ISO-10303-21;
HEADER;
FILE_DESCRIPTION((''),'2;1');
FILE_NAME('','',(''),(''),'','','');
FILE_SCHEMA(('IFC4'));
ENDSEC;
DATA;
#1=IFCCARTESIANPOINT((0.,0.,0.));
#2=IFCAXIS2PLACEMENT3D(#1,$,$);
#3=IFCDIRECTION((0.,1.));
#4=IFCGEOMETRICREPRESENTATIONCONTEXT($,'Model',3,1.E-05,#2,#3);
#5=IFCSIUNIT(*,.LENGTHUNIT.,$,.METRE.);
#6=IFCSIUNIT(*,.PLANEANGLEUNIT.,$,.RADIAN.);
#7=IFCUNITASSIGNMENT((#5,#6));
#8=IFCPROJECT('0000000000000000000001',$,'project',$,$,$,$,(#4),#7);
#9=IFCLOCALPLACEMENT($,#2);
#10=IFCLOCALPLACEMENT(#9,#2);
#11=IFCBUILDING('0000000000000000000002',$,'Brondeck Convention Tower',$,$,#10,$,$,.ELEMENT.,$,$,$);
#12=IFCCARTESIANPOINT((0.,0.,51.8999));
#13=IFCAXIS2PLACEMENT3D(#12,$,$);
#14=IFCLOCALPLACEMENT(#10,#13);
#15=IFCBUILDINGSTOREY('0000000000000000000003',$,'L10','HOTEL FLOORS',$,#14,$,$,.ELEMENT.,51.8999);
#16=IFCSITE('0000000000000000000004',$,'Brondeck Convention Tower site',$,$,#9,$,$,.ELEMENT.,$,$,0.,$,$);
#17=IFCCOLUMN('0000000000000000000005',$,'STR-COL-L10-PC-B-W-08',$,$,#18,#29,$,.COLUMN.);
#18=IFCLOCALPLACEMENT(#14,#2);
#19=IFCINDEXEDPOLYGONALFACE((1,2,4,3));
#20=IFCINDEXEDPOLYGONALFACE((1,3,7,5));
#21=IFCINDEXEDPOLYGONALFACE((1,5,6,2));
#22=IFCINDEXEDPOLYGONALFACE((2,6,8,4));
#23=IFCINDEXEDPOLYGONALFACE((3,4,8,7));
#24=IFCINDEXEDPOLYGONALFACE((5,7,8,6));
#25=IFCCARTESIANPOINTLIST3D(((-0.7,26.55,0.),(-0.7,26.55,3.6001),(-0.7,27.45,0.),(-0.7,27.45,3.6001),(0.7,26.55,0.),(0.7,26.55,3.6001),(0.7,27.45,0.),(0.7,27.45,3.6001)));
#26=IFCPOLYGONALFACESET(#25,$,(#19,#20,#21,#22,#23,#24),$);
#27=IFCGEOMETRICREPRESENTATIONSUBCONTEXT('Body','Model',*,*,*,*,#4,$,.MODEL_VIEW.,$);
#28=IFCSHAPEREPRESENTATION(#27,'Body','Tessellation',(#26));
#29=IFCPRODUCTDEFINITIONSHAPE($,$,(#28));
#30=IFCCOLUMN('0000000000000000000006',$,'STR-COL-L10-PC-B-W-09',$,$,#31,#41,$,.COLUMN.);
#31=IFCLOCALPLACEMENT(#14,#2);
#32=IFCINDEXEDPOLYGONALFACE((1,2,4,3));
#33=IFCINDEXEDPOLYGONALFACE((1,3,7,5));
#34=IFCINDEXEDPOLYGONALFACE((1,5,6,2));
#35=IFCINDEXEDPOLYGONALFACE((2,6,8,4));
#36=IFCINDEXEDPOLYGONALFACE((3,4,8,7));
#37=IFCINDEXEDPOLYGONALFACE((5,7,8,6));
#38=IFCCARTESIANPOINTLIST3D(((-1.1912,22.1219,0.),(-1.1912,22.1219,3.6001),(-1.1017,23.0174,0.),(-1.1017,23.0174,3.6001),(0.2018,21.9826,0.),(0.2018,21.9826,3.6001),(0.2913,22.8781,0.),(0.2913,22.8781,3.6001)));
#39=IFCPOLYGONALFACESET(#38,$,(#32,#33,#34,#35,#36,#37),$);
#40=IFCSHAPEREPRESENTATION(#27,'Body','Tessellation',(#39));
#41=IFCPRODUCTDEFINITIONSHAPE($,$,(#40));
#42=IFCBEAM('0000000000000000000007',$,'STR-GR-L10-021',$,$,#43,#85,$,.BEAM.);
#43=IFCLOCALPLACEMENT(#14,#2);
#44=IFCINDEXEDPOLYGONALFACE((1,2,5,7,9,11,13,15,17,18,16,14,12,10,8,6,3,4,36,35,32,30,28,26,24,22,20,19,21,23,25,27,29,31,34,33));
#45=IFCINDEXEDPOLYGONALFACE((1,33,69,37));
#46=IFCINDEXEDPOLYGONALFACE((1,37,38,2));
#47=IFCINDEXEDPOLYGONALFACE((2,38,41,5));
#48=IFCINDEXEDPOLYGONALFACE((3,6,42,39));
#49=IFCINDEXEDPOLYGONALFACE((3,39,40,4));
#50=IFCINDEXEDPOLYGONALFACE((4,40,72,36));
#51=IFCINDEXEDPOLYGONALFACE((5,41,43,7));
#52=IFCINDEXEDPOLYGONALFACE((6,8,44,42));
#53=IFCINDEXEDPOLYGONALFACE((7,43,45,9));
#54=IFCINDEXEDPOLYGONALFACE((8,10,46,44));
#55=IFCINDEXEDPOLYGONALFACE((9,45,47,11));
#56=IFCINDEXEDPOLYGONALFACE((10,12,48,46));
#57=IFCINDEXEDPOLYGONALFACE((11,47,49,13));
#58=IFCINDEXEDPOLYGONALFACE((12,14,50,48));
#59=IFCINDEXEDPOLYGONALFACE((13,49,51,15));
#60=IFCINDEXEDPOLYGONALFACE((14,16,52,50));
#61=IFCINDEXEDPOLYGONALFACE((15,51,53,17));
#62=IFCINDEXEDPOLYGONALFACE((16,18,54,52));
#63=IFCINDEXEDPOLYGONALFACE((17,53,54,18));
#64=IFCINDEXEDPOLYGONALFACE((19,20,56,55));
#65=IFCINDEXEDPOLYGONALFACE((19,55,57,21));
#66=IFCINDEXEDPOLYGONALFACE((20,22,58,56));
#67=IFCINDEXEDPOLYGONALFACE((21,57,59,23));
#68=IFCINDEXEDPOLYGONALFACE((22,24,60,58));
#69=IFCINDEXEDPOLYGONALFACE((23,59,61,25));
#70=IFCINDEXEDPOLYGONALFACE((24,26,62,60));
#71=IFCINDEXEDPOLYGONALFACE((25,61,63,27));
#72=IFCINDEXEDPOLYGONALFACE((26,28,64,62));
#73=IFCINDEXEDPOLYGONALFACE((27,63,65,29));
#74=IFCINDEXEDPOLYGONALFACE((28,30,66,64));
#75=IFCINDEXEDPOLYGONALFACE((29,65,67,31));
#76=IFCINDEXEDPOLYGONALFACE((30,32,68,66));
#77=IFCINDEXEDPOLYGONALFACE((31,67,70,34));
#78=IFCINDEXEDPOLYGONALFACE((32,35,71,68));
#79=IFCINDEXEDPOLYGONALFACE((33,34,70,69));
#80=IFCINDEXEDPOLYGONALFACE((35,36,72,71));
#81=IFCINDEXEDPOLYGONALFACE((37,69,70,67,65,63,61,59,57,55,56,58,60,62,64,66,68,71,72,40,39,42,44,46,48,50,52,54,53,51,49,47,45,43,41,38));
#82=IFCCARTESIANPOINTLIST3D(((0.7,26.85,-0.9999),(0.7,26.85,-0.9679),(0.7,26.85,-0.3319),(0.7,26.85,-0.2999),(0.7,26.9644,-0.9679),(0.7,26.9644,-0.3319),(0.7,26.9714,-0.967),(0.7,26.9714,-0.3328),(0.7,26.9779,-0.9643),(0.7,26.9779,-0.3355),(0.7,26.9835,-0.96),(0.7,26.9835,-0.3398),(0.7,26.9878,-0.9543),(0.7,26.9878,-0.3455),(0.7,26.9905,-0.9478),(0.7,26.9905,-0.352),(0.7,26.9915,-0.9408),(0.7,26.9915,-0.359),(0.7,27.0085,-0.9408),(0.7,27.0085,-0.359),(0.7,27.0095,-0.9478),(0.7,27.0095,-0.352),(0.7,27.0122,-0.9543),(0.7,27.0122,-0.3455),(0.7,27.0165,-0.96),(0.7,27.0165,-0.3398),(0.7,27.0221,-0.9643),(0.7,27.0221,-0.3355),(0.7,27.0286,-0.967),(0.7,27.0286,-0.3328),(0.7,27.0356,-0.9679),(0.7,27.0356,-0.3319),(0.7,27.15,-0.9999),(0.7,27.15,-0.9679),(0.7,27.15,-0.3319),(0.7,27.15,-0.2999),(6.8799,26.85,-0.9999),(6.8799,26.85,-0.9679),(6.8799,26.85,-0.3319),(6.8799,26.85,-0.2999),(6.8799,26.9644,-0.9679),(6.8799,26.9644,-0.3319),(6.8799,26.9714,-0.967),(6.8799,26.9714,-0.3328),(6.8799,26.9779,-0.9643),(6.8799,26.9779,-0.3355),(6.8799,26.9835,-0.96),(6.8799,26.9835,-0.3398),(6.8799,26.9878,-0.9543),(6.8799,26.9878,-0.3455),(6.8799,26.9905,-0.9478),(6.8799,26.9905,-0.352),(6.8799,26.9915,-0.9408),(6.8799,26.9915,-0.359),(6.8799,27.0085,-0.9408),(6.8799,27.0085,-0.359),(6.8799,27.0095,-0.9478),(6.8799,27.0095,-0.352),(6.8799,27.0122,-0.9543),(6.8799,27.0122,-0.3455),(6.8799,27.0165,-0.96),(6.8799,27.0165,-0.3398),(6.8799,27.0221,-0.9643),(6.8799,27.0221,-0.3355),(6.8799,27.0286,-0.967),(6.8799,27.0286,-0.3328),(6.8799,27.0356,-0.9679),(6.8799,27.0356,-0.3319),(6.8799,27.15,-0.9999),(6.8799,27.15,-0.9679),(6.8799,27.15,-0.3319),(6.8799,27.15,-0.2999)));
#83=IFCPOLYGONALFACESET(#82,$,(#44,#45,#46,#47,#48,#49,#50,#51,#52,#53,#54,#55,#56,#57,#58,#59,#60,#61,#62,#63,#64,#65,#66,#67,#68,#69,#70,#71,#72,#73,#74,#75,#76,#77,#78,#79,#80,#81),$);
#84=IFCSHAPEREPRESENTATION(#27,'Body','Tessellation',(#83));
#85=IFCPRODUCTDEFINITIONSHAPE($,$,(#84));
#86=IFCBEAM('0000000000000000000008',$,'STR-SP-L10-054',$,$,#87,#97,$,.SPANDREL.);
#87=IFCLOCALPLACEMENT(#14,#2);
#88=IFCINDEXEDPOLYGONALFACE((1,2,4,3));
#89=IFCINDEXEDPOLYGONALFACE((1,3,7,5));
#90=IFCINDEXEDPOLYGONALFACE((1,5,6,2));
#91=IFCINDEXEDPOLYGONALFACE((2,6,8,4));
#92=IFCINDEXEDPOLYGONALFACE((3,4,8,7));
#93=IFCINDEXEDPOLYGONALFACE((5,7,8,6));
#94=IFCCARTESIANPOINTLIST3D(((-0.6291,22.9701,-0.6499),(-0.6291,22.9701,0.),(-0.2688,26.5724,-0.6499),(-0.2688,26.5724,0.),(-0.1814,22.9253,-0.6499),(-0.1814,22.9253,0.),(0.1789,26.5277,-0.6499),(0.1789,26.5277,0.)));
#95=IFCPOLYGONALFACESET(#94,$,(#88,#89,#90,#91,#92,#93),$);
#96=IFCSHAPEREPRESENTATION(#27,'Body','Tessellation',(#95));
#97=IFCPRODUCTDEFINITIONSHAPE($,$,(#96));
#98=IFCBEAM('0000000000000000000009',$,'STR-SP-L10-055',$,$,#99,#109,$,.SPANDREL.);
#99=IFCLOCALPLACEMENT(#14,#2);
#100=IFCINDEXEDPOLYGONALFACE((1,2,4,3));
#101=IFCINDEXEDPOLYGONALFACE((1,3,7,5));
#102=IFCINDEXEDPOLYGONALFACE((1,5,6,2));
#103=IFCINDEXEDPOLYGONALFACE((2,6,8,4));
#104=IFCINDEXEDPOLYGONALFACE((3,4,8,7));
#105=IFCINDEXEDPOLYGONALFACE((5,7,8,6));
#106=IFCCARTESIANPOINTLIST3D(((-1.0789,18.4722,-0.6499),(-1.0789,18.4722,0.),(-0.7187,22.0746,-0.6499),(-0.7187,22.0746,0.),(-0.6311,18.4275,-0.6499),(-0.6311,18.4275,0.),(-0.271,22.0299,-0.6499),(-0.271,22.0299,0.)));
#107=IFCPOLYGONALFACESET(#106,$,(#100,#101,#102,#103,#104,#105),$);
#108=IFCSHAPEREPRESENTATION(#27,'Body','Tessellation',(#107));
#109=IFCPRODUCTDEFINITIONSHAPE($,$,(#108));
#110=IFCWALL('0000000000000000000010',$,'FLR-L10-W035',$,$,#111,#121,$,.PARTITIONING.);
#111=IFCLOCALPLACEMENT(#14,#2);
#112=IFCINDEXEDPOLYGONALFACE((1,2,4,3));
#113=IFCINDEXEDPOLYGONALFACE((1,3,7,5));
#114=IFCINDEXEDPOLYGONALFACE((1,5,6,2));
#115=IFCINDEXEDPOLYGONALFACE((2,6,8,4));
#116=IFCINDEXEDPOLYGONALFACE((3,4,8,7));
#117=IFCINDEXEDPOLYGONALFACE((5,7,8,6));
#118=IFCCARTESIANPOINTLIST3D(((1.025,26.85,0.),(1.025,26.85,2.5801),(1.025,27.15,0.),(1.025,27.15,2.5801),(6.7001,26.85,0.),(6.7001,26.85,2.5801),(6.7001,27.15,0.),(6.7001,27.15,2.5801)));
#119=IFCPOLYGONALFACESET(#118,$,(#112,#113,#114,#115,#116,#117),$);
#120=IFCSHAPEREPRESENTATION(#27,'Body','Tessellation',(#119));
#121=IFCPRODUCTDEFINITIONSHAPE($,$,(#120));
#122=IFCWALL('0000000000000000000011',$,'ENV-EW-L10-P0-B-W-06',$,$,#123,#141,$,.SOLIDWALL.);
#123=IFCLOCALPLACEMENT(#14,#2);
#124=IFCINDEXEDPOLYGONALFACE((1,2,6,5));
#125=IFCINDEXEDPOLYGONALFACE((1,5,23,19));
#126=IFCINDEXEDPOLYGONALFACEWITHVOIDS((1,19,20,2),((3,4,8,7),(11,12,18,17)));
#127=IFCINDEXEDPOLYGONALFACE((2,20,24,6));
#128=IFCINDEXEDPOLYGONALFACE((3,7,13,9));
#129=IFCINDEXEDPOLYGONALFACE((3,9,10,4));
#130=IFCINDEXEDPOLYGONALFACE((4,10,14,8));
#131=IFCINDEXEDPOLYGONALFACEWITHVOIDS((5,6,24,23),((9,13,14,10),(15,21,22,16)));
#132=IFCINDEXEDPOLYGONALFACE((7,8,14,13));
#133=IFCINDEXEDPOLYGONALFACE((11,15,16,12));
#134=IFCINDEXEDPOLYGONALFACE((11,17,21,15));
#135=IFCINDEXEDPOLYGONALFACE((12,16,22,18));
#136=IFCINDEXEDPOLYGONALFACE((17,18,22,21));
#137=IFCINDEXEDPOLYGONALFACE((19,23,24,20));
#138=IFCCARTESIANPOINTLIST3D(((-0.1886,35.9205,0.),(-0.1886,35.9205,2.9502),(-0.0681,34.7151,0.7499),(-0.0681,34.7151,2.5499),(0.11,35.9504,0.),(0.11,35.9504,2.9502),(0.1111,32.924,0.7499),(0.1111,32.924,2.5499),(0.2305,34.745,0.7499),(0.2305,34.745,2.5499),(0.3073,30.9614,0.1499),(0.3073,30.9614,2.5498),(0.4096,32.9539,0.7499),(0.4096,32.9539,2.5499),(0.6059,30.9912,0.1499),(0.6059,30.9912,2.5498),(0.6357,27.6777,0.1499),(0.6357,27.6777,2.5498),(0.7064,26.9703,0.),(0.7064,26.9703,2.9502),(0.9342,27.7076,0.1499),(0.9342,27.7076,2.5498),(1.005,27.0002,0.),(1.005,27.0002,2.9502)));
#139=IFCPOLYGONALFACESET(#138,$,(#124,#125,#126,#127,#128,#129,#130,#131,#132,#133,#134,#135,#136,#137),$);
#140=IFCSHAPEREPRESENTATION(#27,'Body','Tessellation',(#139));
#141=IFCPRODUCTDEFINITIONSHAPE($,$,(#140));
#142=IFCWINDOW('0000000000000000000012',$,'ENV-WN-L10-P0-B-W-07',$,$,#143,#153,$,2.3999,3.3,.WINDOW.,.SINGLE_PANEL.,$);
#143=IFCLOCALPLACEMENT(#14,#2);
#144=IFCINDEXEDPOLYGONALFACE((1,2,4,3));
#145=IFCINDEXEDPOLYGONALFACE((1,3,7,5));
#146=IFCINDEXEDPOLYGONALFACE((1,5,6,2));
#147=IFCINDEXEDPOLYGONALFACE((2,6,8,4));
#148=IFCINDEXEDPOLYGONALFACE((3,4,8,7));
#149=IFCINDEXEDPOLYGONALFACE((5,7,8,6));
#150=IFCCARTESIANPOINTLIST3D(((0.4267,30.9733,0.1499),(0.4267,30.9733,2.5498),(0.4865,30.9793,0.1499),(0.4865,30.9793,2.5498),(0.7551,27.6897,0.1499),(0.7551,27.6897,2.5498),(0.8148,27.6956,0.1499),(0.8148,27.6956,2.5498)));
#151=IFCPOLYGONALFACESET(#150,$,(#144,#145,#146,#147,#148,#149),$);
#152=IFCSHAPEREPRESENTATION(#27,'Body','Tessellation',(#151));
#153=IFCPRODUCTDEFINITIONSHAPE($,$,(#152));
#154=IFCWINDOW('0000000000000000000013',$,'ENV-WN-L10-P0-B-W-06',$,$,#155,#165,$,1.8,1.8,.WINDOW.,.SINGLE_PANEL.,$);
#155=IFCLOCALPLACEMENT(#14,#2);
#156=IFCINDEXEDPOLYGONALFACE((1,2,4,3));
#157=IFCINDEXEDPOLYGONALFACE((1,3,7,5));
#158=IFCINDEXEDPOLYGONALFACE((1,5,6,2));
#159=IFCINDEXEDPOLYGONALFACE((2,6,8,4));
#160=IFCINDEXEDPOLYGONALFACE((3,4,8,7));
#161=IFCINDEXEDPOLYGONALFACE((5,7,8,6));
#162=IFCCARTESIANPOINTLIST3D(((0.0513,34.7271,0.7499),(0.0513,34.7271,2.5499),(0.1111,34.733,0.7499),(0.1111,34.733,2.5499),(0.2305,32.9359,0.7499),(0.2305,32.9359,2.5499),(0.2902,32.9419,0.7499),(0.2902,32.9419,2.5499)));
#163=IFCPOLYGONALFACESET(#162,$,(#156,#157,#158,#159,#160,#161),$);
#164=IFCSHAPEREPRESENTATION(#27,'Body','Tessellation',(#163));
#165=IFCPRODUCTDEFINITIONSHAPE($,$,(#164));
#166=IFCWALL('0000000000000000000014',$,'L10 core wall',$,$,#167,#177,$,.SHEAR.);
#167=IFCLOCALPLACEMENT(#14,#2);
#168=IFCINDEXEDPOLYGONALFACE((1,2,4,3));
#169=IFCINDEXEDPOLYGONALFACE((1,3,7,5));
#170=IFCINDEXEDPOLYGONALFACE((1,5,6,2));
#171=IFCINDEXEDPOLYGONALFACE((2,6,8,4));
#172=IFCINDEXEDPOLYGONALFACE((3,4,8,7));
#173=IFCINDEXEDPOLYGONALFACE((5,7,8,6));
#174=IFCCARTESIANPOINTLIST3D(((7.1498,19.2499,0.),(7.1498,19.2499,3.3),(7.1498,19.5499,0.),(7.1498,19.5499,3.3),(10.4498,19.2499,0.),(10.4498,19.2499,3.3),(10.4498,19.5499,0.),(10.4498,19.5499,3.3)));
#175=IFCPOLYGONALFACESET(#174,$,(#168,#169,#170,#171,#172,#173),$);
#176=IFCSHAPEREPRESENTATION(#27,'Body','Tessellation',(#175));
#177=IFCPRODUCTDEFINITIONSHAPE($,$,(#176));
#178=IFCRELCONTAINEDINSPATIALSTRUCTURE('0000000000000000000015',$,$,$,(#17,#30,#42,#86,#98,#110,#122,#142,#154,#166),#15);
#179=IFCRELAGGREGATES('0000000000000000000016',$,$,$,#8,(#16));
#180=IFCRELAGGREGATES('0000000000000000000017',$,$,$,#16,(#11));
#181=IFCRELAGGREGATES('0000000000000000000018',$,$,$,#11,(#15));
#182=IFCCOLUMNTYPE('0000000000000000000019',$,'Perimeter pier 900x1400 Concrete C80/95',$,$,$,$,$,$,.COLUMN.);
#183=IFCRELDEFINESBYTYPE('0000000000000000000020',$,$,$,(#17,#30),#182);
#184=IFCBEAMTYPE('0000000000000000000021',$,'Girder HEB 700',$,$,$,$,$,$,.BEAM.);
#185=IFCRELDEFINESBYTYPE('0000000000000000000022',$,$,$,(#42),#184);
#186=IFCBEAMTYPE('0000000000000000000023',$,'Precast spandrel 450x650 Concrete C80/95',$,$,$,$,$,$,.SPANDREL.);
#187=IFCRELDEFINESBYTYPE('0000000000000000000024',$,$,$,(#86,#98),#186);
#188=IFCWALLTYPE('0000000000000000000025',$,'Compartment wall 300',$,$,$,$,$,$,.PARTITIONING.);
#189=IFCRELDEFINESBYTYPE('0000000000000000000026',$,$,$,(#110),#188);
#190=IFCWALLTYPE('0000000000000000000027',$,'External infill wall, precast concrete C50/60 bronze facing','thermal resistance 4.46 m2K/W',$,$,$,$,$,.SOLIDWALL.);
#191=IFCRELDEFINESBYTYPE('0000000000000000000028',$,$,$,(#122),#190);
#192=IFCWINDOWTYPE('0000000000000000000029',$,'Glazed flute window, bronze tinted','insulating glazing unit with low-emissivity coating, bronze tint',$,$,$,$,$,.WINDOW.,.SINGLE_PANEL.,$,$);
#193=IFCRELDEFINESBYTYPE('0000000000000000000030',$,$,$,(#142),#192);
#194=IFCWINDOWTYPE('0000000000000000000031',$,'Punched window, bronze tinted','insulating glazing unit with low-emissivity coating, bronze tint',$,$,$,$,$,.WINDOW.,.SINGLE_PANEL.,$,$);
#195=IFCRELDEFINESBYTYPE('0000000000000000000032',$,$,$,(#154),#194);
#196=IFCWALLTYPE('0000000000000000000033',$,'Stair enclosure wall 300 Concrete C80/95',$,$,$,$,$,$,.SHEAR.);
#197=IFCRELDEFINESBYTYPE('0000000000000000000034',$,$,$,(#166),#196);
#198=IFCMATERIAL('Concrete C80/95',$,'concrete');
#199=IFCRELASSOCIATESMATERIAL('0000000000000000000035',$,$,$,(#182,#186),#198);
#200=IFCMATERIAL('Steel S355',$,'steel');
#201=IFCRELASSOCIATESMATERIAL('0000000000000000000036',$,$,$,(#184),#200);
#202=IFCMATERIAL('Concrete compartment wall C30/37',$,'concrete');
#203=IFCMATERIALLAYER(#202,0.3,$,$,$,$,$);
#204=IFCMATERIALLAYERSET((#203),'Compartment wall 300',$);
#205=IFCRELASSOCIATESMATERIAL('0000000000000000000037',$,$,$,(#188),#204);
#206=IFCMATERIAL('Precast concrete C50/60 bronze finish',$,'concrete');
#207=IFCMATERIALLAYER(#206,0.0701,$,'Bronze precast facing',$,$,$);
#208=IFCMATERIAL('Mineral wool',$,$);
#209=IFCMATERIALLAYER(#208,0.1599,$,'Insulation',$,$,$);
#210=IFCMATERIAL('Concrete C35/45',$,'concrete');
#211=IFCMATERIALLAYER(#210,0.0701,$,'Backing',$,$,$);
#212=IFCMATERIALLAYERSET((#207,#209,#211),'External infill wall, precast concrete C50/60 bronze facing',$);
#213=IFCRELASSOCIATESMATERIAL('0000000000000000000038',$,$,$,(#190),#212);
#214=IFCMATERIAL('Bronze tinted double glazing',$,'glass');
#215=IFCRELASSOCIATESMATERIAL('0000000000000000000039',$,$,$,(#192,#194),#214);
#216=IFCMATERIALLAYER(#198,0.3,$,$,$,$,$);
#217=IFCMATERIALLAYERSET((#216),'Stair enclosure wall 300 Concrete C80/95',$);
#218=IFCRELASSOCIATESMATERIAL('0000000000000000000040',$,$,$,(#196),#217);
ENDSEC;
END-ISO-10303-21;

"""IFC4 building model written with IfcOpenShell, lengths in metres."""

from ifc_helpers import new_model, si_unit, direction, frame, frame_2d, origin, origin_2d, place, context, subcontext, project, spatial, rectangle, i_section, extrude, material, layer, layer_set, material_profile, profile_set, type_object, element, fill, save


model = new_model("IFC4")

# Units and contexts
model_context = context("Model", 3, precision=1e-05, world=origin(), true_north=direction((0.0, 1.0)))
body_context = subcontext(model_context, "Body", "Model", "MODEL_VIEW")
ifc_project = project(units=[si_unit("LENGTHUNIT", "METRE"), si_unit("PLANEANGLEUNIT", "RADIAN")], contexts=[model_context])

# Site, building, storey
site_placement = place(None, origin())
site = spatial("IfcSite", under=ifc_project, at=site_placement, Name="Brondeck Convention Tower site", CompositionType="ELEMENT", RefElevation=0.0)
building_placement = place(site_placement, origin())
building = spatial("IfcBuilding", under=site, at=building_placement, Name="Brondeck Convention Tower", CompositionType="ELEMENT")
storey_placement = place(building_placement, frame((0.0, 0.0, 51.8999)))
storey = spatial("IfcBuildingStorey", under=building, at=storey_placement, Name="L10", Description="HOTEL FLOORS", CompositionType="ELEMENT", Elevation=51.8999)

# Columns
ifc_material_1 = material(Name="Concrete C80/95", Category="concrete")
ifc_material_profile_1 = material_profile(ifc_material_1, rectangle(XDim=0.8999, YDim=1.3999, at=origin_2d()), Name="Perimeter pier 900x1400 Concrete C80/95")
ifc_profile_set_1 = profile_set([ifc_material_profile_1], Name="Concrete C80/95")
column_type = type_object("IfcColumnType", Name="Perimeter pier 900x1400 Concrete C80/95", PredefinedType="COLUMN", material=ifc_profile_set_1)
for number, where, z_axis, x_axis, name in (
    (1, (0.0, 27.0, 0.0), (0.0, 0.0, 1.0), (0.0, -1.0, 0.0), "STR-COL-L10-PC-B-W-08"),
    (2, (-0.45, 22.5, 0.0), (0.0, 0.0, 1.0), (-0.099504, -0.995037, 0.0), "STR-COL-L10-PC-B-W-09"),
):
    element("IfcColumn", number, at=place(storey_placement, frame(where, z_axis=z_axis, x_axis=x_axis)), inside=storey, type_object=column_type, Name=name, PredefinedType="COLUMN", context=body_context, shape_type="SweptSolid", body=[
        extrude(rectangle(XDim=0.8999, YDim=1.3999, at=origin_2d()), origin(), (0.0, 0.0, 1.0), 3.6001),
    ])

# Beams
ifc_material_2 = material(Name="Steel S355", Category="steel")
ifc_material_profile_2 = material_profile(ifc_material_2, i_section(OverallWidth=0.3, OverallDepth=0.7, WebThickness=0.0171, FlangeThickness=0.032, FilletRadius=0.0271, at=origin_2d()), Name="HEB 700")
ifc_profile_set_2 = profile_set([ifc_material_profile_2], Name="Steel S355")
beam_type_1 = type_object("IfcBeamType", Name="Girder HEB 700", PredefinedType="BEAM", material=ifc_profile_set_2)
beam_placement = place(storey_placement, frame((0.7, 27.0, -0.6499), z_axis=(1.0, 0.0, 0.0), x_axis=(0.0, 1.0, 0.0)))
element("IfcBeam", 3, at=beam_placement, inside=storey, type_object=beam_type_1, Name="STR-GR-L10-021", PredefinedType="BEAM", context=body_context, shape_type="SweptSolid", body=[
    extrude(i_section(OverallWidth=0.3, OverallDepth=0.7, WebThickness=0.0171, FlangeThickness=0.032, FilletRadius=0.0271, at=origin_2d()), origin(), (0.0, 0.0, 1.0), 6.1799),
])
ifc_material_profile_3 = material_profile(ifc_material_1, rectangle(XDim=0.45, YDim=0.6499, at=origin_2d()), Name="Precast spandrel 450x650 Concrete C80/95")
ifc_profile_set_3 = profile_set([ifc_material_profile_3], Name="Concrete C80/95")
beam_type_2 = type_object("IfcBeamType", Name="Precast spandrel 450x650 Concrete C80/95", PredefinedType="SPANDREL", material=ifc_profile_set_3)
for number, where, z_axis, x_axis, name in (
    (4, (-0.0449, 26.55, -0.325), (-0.099537, -0.995034, 0.0), (0.995034, -0.099537, 0.0), "STR-SP-L10-054"),
    (5, (-0.4949, 22.0522, -0.325), (-0.09947, -0.995041, 0.0), (0.995041, -0.09947, 0.0), "STR-SP-L10-055"),
):
    element("IfcBeam", number, at=place(storey_placement, frame(where, z_axis=z_axis, x_axis=x_axis)), inside=storey, type_object=beam_type_2, Name=name, PredefinedType="SPANDREL", context=body_context, shape_type="SweptSolid", body=[
        extrude(rectangle(XDim=0.45, YDim=0.6499, at=origin_2d()), origin(), (0.0, 0.0, 1.0), 3.6204),
    ])

# Wall
ifc_material_3 = material(Name="Concrete compartment wall C30/37", Category="concrete")
ifc_layer_1 = layer(ifc_material_3, 0.3)
ifc_layer_set_1 = layer_set([ifc_layer_1], Name="Compartment wall 300")
wall_type_1 = type_object("IfcWallType", Name="Compartment wall 300", PredefinedType="PARTITIONING", material=ifc_layer_set_1)
wall_1_placement = place(storey_placement, frame((6.7, 27.0, 0.0), z_axis=(0.0, 0.0, 1.0), x_axis=(-1.0, 0.0, 0.0)))
element("IfcWall", 6, at=wall_1_placement, inside=storey, type_object=wall_type_1, Name="FLR-L10-W035", PredefinedType="PARTITIONING", context=body_context, shape_type="SweptSolid", body=[
    extrude(rectangle(XDim=5.675, YDim=0.3, at=frame_2d((2.8374, 0.0))), origin(), (0.0, 0.0, 1.0), 2.5801),
])

# Wall, openings, windows
ifc_material_4 = material(Name="Precast concrete C50/60 bronze finish", Category="concrete")
ifc_layer_2 = layer(ifc_material_4, 0.0701, Name="Bronze precast facing")
ifc_material_5 = material(Name="Mineral wool")
ifc_layer_3 = layer(ifc_material_5, 0.1599, Name="Insulation")
ifc_material_6 = material(Name="Concrete C35/45", Category="concrete")
ifc_layer_4 = layer(ifc_material_6, 0.0701, Name="Backing")
ifc_layer_set_2 = layer_set([ifc_layer_2, ifc_layer_3, ifc_layer_4], Name="External infill wall, precast concrete C50/60 bronze facing")
wall_type_2 = type_object("IfcWallType", Name="External infill wall, precast concrete C50/60 bronze facing", Description="thermal resistance 4.46 m2K/W", PredefinedType="SOLIDWALL", material=ifc_layer_set_2)
wall_2_placement = place(storey_placement, frame((0.8557, 26.9851, 0.0), z_axis=(0.0, 0.0, 1.0), x_axis=(-0.099504, 0.995037, 0.0)))
wall_2 = element("IfcWall", 7, at=wall_2_placement, inside=storey, type_object=wall_type_2, Name="ENV-EW-L10-P0-B-W-06", PredefinedType="SOLIDWALL", context=body_context, shape_type="SweptSolid", body=[
    extrude(rectangle(XDim=8.9949, YDim=0.3, at=frame_2d((4.4976, 0.0))), origin(), (0.0, 0.0, 1.0), 2.9502),
])
opening_1_placement = place(wall_2_placement, frame((0.7112, 0.0, 0.1499)))
opening_1 = element("IfcOpeningElement", 8, at=opening_1_placement, cuts=wall_2, PredefinedType="OPENING", context=body_context, shape_type="SweptSolid", body=[
    extrude(rectangle(XDim=3.3, YDim=2.3999, at=frame_2d((1.6499, 1.2))), frame((0.0, 0.1599, 0.0), z_axis=(0.0, -1.0, 0.0), x_axis=(1.0, 0.0, 0.0)), (0.0, 0.0, 1.0), 0.3201),
])
opening_2_placement = place(wall_2_placement, frame((5.9836, 0.0, 0.75)))
opening_2 = element("IfcOpeningElement", 9, at=opening_2_placement, cuts=wall_2, PredefinedType="OPENING", context=body_context, shape_type="SweptSolid", body=[
    extrude(rectangle(XDim=1.8, YDim=1.8, at=frame_2d((0.8999, 0.8999))), frame((0.0, 0.1599, 0.0), z_axis=(0.0, -1.0, 0.0), x_axis=(1.0, 0.0, 0.0)), (0.0, 0.0, 1.0), 0.3201),
])
ifc_material_7 = material(Name="Bronze tinted double glazing", Category="glass")
window_type_1 = type_object("IfcWindowType", Name="Glazed flute window, bronze tinted", Description="insulating glazing unit with low-emissivity coating, bronze tint", PartitioningType="SINGLE_PANEL", PredefinedType="WINDOW", material=ifc_material_7)
window_1_placement = place(opening_1_placement, origin())
window_1 = element("IfcWindow", 10, at=window_1_placement, inside=storey, type_object=window_type_1, Name="ENV-WN-L10-P0-B-W-07", OverallHeight=2.3999, OverallWidth=3.3, PartitioningType="SINGLE_PANEL", PredefinedType="WINDOW", context=body_context, shape_type="SweptSolid", body=[
    extrude(rectangle(XDim=3.3, YDim=2.3999, at=frame_2d((1.6499, 1.2))), frame((0.0, 0.03, 0.0), z_axis=(0.0, -1.0, 0.0), x_axis=(1.0, 0.0, 0.0)), (0.0, 0.0, 1.0), 0.0601),
])
fill(opening_1, window_1)
window_type_2 = type_object("IfcWindowType", Name="Punched window, bronze tinted", Description="insulating glazing unit with low-emissivity coating, bronze tint", PartitioningType="SINGLE_PANEL", PredefinedType="WINDOW", material=ifc_material_7)
window_2_placement = place(opening_2_placement, origin())
window_2 = element("IfcWindow", 11, at=window_2_placement, inside=storey, type_object=window_type_2, Name="ENV-WN-L10-P0-B-W-06", OverallHeight=1.8, OverallWidth=1.8, PartitioningType="SINGLE_PANEL", PredefinedType="WINDOW", context=body_context, shape_type="SweptSolid", body=[
    extrude(rectangle(XDim=1.8, YDim=1.8, at=frame_2d((0.8999, 0.8999))), frame((0.0, 0.03, 0.0), z_axis=(0.0, -1.0, 0.0), x_axis=(1.0, 0.0, 0.0)), (0.0, 0.0, 1.0), 0.0601),
])
fill(opening_2, window_2)

# Wall
ifc_layer_5 = layer(ifc_material_1, 0.3)
ifc_layer_set_3 = layer_set([ifc_layer_5], Name="Stair enclosure wall 300 Concrete C80/95")
wall_type_3 = type_object("IfcWallType", Name="Stair enclosure wall 300 Concrete C80/95", PredefinedType="SHEAR", material=ifc_layer_set_3)
wall_3_placement = place(storey_placement, frame((7.1499, 19.3999, 0.0), z_axis=(0.0, 0.0, 1.0), x_axis=(1.0, 0.0, 0.0)))
element("IfcWall", 12, at=wall_3_placement, inside=storey, type_object=wall_type_3, Name="L10 core wall", PredefinedType="SHEAR", context=body_context, shape_type="SweptSolid", body=[
    extrude(rectangle(XDim=3.3, YDim=0.3, at=frame_2d((1.6499, 0.0))), origin(), (0.0, 0.0, 1.0), 3.3),
])

save(model, "model.ifc")
